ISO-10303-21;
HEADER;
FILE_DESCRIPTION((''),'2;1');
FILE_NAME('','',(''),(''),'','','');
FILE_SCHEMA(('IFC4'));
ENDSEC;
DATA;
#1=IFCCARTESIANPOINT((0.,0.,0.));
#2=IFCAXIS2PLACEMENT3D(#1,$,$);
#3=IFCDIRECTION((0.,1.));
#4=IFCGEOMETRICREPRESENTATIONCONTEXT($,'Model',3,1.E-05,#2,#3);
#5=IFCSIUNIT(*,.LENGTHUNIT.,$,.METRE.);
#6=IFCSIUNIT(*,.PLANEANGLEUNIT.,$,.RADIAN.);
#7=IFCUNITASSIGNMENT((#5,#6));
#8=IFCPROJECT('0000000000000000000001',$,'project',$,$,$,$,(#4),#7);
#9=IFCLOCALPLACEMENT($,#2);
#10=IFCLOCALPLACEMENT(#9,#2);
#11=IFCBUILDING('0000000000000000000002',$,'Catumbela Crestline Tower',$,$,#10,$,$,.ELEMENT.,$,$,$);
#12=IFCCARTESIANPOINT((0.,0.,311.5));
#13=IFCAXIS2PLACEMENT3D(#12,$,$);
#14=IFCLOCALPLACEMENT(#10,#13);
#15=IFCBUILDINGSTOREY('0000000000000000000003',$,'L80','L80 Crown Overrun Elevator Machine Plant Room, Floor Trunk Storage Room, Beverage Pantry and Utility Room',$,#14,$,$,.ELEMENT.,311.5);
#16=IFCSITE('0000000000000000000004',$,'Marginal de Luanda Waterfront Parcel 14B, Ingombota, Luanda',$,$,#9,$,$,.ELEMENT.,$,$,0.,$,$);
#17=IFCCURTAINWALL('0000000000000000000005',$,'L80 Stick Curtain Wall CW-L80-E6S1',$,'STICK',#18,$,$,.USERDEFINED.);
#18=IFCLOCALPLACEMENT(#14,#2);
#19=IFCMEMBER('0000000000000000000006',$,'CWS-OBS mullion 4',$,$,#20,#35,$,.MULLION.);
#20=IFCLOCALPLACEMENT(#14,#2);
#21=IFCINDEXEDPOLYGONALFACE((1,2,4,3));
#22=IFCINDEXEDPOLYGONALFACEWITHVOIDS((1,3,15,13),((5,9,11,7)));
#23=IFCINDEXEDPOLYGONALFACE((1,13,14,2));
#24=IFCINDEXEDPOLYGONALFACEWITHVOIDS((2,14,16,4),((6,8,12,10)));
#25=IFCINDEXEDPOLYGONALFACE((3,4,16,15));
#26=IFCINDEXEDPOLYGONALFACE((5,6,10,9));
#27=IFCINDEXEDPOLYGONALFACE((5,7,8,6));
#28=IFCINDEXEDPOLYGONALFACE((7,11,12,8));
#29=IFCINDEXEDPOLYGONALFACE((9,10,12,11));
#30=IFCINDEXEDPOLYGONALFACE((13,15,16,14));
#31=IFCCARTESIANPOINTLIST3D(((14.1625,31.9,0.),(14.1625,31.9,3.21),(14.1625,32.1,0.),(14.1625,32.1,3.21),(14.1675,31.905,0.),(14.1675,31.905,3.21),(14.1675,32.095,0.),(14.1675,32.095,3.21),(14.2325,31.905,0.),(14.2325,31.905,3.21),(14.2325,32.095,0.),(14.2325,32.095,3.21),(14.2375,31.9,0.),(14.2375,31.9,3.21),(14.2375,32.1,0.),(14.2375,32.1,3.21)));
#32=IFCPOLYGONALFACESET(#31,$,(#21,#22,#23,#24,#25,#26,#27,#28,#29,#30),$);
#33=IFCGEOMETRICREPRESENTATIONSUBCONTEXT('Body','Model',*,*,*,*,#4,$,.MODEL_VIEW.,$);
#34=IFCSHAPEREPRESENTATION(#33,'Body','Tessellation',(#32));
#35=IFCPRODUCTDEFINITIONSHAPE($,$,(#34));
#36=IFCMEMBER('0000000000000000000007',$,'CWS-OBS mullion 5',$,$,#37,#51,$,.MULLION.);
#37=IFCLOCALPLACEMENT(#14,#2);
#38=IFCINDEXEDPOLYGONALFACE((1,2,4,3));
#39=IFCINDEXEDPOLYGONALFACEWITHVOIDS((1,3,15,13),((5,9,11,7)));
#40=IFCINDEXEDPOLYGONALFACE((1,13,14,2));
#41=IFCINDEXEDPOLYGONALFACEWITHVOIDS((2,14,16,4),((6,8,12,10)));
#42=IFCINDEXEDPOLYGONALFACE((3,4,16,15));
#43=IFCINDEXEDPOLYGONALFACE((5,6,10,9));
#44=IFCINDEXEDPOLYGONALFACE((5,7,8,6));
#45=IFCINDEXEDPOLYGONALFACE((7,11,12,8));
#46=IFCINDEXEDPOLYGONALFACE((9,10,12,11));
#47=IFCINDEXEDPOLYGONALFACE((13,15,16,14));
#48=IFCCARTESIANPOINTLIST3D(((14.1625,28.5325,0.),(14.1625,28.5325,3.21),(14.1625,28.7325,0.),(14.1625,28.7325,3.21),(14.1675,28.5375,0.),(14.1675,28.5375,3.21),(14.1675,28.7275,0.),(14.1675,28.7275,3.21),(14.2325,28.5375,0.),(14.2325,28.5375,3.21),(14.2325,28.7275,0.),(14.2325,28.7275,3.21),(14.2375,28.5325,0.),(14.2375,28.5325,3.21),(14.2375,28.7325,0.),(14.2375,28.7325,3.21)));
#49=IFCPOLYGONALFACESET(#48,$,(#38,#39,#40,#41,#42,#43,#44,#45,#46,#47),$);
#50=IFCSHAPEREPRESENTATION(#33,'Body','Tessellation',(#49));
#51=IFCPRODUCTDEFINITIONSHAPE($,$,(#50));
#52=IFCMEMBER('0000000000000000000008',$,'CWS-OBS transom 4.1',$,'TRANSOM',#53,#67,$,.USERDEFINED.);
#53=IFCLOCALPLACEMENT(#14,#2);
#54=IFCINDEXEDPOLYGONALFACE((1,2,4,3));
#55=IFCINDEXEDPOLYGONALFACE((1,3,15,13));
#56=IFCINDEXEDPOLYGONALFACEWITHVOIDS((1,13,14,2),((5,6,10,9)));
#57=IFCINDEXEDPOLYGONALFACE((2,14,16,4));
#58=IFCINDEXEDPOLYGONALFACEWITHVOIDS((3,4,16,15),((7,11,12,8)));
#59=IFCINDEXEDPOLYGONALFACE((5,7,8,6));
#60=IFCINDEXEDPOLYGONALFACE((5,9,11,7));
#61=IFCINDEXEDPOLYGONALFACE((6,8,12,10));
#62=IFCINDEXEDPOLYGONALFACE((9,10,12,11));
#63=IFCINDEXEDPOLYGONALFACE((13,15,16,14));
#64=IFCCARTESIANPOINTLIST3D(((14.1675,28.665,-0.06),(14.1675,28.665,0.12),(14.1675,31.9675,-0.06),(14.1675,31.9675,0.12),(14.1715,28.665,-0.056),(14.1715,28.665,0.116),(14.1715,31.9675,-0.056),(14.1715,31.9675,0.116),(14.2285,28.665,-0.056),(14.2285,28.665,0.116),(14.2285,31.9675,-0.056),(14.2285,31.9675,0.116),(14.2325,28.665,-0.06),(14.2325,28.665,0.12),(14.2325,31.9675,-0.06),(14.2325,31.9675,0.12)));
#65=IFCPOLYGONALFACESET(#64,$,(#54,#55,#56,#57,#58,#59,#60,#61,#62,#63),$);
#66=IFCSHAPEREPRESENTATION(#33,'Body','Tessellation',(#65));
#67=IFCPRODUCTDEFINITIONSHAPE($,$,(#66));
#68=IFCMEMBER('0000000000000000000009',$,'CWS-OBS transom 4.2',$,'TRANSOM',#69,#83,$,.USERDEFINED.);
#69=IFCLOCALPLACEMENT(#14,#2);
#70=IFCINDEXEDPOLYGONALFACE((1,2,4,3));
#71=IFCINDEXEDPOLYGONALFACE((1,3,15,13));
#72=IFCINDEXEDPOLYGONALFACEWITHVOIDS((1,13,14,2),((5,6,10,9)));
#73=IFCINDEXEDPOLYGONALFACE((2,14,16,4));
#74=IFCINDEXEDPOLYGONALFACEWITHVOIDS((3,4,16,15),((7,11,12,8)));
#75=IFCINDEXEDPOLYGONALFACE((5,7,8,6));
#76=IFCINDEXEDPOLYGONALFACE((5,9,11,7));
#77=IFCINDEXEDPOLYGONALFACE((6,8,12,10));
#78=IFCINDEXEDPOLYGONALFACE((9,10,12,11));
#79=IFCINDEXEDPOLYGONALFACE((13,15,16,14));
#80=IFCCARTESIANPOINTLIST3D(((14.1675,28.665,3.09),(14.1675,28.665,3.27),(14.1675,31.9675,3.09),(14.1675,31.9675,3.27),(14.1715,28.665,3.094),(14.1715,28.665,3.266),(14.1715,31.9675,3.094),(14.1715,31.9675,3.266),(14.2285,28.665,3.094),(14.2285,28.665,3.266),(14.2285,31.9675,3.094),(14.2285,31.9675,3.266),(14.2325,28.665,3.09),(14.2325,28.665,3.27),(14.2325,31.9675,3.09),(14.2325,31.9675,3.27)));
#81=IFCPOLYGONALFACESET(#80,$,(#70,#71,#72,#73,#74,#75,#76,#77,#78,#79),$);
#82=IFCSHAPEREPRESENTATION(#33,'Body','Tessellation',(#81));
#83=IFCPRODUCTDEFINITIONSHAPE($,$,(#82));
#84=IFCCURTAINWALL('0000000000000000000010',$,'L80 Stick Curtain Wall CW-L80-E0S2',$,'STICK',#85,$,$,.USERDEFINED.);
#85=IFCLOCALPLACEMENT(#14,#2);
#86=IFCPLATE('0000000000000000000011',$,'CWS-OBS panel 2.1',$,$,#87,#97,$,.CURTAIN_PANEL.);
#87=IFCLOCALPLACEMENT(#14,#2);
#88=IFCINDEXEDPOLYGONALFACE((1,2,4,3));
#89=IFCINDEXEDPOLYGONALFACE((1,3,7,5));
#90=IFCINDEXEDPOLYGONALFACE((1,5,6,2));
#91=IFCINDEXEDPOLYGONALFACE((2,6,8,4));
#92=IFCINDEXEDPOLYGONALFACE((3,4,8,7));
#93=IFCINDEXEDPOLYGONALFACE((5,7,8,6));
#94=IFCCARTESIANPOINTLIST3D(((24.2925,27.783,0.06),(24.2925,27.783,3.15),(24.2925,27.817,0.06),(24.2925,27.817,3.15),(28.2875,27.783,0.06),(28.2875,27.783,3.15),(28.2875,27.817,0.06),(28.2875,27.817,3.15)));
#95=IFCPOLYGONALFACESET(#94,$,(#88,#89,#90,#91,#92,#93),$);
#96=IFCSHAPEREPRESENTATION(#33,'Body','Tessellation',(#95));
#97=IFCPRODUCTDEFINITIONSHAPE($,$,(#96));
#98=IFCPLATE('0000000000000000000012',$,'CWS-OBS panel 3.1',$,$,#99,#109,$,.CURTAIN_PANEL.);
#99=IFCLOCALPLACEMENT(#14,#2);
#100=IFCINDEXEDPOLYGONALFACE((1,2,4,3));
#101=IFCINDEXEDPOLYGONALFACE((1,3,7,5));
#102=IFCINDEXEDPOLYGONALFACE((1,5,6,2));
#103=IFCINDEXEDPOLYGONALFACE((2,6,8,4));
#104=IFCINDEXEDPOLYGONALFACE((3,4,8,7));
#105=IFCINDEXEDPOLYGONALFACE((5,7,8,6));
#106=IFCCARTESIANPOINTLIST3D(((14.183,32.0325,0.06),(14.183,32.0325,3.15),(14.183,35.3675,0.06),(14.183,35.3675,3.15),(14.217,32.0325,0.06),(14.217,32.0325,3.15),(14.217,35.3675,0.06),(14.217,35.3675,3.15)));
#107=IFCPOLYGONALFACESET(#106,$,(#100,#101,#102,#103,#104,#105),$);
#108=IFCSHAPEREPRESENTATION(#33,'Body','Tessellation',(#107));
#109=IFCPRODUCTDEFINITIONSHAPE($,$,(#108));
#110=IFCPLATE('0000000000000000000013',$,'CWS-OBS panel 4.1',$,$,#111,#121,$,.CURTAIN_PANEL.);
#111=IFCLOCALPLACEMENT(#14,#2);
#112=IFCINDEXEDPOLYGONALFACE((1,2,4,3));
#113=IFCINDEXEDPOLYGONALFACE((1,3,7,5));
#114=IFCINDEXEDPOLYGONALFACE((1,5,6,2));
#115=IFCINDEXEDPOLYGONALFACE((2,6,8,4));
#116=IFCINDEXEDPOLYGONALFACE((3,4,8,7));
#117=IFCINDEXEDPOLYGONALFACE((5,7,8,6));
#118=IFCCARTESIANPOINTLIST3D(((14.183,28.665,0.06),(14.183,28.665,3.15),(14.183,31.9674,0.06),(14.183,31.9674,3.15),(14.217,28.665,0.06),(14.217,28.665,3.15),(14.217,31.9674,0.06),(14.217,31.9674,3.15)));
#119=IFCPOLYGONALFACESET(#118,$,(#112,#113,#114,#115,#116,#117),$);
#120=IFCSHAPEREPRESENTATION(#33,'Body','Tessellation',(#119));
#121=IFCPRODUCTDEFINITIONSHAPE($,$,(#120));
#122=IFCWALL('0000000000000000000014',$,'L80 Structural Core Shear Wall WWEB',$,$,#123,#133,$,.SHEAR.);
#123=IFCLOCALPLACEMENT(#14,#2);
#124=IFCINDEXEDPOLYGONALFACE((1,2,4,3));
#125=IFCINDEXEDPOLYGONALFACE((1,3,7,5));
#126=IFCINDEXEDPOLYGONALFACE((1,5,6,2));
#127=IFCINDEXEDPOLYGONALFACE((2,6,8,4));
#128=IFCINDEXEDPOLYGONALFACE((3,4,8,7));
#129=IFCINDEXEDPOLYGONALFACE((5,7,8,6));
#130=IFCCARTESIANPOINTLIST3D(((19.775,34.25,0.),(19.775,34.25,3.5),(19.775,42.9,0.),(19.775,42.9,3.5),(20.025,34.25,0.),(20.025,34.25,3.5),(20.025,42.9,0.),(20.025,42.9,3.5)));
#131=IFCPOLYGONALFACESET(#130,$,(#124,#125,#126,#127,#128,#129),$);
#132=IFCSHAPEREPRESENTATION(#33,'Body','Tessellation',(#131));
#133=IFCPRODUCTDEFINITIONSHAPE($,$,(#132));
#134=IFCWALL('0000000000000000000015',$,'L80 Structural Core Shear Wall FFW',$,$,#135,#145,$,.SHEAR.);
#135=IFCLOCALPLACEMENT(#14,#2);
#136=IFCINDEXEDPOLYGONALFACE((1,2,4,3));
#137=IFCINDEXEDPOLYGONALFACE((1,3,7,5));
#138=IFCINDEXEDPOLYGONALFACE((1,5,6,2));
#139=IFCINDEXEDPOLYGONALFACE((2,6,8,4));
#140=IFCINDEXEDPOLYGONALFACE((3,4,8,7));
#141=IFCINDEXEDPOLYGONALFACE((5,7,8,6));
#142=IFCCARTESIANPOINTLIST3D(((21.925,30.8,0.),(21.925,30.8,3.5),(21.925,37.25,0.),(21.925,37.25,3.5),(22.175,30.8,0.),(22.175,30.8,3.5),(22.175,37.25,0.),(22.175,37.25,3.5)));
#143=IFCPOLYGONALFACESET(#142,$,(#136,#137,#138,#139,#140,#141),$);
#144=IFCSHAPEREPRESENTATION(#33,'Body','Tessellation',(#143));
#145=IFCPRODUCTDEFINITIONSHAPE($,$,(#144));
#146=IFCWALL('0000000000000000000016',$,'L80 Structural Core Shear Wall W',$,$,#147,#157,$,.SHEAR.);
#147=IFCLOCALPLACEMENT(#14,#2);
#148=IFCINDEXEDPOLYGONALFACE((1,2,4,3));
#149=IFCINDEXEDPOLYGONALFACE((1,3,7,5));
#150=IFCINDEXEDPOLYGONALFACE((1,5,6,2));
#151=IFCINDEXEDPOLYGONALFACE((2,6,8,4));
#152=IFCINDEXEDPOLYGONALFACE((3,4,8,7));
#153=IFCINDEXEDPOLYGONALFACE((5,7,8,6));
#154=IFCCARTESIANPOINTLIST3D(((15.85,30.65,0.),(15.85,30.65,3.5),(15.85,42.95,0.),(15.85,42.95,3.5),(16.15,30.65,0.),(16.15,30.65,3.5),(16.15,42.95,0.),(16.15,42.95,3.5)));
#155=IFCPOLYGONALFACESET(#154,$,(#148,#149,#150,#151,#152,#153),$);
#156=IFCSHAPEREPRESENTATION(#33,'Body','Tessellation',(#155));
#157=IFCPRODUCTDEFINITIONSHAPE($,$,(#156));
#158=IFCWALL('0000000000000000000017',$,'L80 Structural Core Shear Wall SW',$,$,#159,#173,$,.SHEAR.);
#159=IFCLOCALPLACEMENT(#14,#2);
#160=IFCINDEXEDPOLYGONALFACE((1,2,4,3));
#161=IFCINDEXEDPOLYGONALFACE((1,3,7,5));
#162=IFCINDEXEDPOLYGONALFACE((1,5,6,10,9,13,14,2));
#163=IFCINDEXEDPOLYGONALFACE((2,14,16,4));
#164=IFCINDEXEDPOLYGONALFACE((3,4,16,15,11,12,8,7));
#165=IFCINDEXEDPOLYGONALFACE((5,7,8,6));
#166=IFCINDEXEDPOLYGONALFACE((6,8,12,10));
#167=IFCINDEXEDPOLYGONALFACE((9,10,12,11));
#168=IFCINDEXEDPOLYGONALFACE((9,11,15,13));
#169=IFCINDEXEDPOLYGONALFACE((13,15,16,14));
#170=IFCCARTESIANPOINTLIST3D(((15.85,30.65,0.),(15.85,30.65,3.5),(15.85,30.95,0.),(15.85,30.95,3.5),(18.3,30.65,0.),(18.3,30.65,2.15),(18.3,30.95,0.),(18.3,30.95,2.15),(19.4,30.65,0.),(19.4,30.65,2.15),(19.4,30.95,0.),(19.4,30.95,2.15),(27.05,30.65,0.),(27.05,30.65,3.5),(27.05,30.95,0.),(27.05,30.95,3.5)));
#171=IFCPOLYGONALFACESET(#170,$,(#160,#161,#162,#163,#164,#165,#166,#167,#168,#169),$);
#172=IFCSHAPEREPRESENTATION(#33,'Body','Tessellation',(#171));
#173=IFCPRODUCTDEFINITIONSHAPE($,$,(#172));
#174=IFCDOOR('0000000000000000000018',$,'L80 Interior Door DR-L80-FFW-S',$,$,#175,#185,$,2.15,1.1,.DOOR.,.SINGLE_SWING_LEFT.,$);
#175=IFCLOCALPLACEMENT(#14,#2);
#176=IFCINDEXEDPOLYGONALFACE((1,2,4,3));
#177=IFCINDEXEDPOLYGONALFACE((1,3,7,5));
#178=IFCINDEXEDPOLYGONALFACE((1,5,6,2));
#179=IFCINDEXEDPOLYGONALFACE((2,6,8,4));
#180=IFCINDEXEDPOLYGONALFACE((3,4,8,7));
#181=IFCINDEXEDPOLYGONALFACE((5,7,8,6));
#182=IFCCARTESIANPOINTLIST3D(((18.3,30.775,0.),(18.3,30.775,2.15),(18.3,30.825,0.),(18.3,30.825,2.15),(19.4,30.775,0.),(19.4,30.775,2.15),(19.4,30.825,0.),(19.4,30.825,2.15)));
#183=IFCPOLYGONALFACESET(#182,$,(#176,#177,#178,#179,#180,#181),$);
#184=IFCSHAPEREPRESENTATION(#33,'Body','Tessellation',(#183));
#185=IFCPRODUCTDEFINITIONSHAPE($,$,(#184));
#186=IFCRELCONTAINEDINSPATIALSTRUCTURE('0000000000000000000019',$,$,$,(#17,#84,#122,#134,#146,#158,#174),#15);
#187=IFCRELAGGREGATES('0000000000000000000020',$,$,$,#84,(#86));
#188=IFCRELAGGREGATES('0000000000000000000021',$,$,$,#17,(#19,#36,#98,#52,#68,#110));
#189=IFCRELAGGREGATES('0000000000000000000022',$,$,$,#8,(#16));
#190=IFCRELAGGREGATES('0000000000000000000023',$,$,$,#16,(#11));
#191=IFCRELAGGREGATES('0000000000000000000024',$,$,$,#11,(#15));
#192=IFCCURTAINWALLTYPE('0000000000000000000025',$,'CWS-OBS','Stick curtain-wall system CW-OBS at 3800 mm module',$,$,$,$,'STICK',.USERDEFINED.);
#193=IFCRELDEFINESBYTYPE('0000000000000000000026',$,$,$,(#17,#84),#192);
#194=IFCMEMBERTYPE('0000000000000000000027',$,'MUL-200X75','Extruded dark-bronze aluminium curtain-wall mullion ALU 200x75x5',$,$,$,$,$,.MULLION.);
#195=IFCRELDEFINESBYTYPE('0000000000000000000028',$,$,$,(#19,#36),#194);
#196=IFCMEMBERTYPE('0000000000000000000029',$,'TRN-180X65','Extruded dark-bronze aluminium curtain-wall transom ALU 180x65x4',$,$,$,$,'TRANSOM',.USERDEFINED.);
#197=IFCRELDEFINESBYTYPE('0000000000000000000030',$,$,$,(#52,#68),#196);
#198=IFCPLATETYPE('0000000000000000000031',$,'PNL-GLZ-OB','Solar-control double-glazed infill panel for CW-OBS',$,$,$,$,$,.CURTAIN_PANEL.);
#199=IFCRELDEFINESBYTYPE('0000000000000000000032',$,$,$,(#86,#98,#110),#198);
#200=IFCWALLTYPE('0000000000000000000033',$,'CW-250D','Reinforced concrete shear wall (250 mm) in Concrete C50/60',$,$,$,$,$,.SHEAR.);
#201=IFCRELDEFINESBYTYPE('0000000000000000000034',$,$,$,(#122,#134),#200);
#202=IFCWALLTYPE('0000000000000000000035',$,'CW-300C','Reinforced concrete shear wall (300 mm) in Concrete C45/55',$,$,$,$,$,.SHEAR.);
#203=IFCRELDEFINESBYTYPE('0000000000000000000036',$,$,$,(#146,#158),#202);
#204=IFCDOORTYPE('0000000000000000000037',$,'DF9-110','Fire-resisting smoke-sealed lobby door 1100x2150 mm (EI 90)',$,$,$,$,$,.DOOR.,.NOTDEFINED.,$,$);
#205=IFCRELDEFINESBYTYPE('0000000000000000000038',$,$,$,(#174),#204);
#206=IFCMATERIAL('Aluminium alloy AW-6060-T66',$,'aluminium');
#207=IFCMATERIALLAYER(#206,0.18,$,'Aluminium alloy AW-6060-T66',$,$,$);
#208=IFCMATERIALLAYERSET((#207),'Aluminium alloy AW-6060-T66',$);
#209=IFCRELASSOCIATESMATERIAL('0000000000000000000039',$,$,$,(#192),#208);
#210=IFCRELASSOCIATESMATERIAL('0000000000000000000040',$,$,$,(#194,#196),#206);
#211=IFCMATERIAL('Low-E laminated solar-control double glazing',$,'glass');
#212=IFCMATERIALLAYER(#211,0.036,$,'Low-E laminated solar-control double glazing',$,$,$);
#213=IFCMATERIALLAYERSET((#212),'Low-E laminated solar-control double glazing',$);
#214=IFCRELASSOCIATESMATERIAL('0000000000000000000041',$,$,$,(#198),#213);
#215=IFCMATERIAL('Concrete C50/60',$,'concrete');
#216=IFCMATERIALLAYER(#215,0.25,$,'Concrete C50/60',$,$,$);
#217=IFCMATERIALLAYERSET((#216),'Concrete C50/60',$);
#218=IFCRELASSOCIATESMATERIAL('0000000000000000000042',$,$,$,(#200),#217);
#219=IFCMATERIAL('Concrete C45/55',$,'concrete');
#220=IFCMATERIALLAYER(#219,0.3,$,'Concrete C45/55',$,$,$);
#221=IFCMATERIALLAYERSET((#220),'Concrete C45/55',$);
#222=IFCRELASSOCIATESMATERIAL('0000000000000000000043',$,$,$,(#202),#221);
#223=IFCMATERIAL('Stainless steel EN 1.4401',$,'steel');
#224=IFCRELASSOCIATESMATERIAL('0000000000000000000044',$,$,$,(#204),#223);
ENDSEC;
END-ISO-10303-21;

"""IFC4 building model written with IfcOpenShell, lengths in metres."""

from ifc_helpers import new_model, si_unit, direction, frame, frame_2d, origin, origin_2d, place, context, subcontext, project, spatial, rectangle, hollow_rectangle, extrude, material, layer, layer_set, material_profile, profile_set, type_object, element, fill, aggregate, save


model = new_model("IFC4")

# Units and contexts
model_context = context("Model", 3, precision=1e-05, world=origin(), true_north=direction((0.0, 1.0)))
body_context = subcontext(model_context, "Body", "Model", "MODEL_VIEW")
ifc_project = project(units=[si_unit("LENGTHUNIT", "METRE"), si_unit("PLANEANGLEUNIT", "RADIAN")], contexts=[model_context])

# Site, building, storey
site_placement = place(None, origin())
site = spatial("IfcSite", under=ifc_project, at=site_placement, Name="Marginal de Luanda Waterfront Parcel 14B, Ingombota, Luanda", CompositionType="ELEMENT", RefElevation=0.0)
building_placement = place(site_placement, origin())
building = spatial("IfcBuilding", under=site, at=building_placement, Name="Catumbela Crestline Tower", CompositionType="ELEMENT")
storey_placement = place(building_placement, frame((0.0, 0.0, 311.5)))
storey = spatial("IfcBuildingStorey", under=building, at=storey_placement, Name="L80", Description="L80 Crown Overrun Elevator Machine Plant Room, Floor Trunk Storage Room, Beverage Pantry and Utility Room", CompositionType="ELEMENT", Elevation=311.5)

# Curtain wall, members
ifc_material_1 = material(Name="Aluminium alloy AW-6060-T66", Category="aluminium")
ifc_layer_1 = layer(ifc_material_1, 0.18, Name="Aluminium alloy AW-6060-T66")
ifc_layer_set_1 = layer_set([ifc_layer_1], Name="Aluminium alloy AW-6060-T66")
curtain_wall_type = type_object("IfcCurtainWallType", Name="CWS-OBS", Description="Stick curtain-wall system CW-OBS at 3800 mm module", ElementType="STICK", PredefinedType="USERDEFINED", material=ifc_layer_set_1)
curtain_wall_1_placement = place(storey_placement, origin())
curtain_wall_1 = element("IfcCurtainWall", 1, at=curtain_wall_1_placement, inside=storey, type_object=curtain_wall_type, Name="L80 Stick Curtain Wall CW-L80-E6S1", ObjectType="STICK", PredefinedType="USERDEFINED")
ifc_material_profile_1 = material_profile(ifc_material_1, hollow_rectangle(XDim=0.075, YDim=0.2, WallThickness=0.005, at=origin_2d()), Name="ALU 200x75x5")
ifc_profile_set_1 = profile_set([ifc_material_profile_1], Name="Aluminium alloy AW-6060-T66")
member_type_1 = type_object("IfcMemberType", Name="MUL-200X75", Description="Extruded dark-bronze aluminium curtain-wall mullion ALU 200x75x5", PredefinedType="MULLION", material=ifc_profile_set_1)
member_1_placement = place(storey_placement, frame((14.2, 32.0, 0.0), z_axis=(0.0, 0.0, 1.0), x_axis=(1.0, 0.0, 0.0)))
member_1 = element("IfcMember", 2, at=member_1_placement, type_object=member_type_1, Name="CWS-OBS mullion 4", PredefinedType="MULLION", context=body_context, shape_type="SweptSolid", body=[
    extrude(hollow_rectangle(XDim=0.075, YDim=0.2, WallThickness=0.005, at=origin_2d()), origin(), (0.0, 0.0, 1.0), 3.21),
])
member_2_placement = place(storey_placement, frame((14.2, 28.6325, 0.0), z_axis=(0.0, 0.0, 1.0), x_axis=(1.0, 0.0, 0.0)))
member_2 = element("IfcMember", 3, at=member_2_placement, type_object=member_type_1, Name="CWS-OBS mullion 5", PredefinedType="MULLION", context=body_context, shape_type="SweptSolid", body=[
    extrude(hollow_rectangle(XDim=0.075, YDim=0.2, WallThickness=0.005, at=origin_2d()), origin(), (0.0, 0.0, 1.0), 3.21),
])
ifc_material_profile_2 = material_profile(ifc_material_1, hollow_rectangle(XDim=0.065, YDim=0.18, WallThickness=0.004, at=origin_2d()), Name="ALU 180x65x4")
ifc_profile_set_2 = profile_set([ifc_material_profile_2], Name="Aluminium alloy AW-6060-T66")
member_type_2 = type_object("IfcMemberType", Name="TRN-180X65", Description="Extruded dark-bronze aluminium curtain-wall transom ALU 180x65x4", ElementType="TRANSOM", PredefinedType="USERDEFINED", material=ifc_profile_set_2)
member_3_placement = place(storey_placement, frame((14.2, 31.9675, 0.03), z_axis=(0.0, -1.0, 0.0), x_axis=(1.0, 0.0, 0.0)))
member_3 = element("IfcMember", 4, at=member_3_placement, type_object=member_type_2, Name="CWS-OBS transom 4.1", ObjectType="TRANSOM", PredefinedType="USERDEFINED", context=body_context, shape_type="SweptSolid", body=[
    extrude(hollow_rectangle(XDim=0.065, YDim=0.18, WallThickness=0.004, at=origin_2d()), origin(), (0.0, 0.0, 1.0), 3.3025),
])
member_4_placement = place(storey_placement, frame((14.2, 31.9675, 3.18), z_axis=(0.0, -1.0, 0.0), x_axis=(1.0, 0.0, 0.0)))
member_4 = element("IfcMember", 5, at=member_4_placement, type_object=member_type_2, Name="CWS-OBS transom 4.2", ObjectType="TRANSOM", PredefinedType="USERDEFINED", context=body_context, shape_type="SweptSolid", body=[
    extrude(hollow_rectangle(XDim=0.065, YDim=0.18, WallThickness=0.004, at=origin_2d()), origin(), (0.0, 0.0, 1.0), 3.3025),
])

# Curtain wall, plate
curtain_wall_2_placement = place(storey_placement, origin())
curtain_wall_2 = element("IfcCurtainWall", 6, at=curtain_wall_2_placement, inside=storey, type_object=curtain_wall_type, Name="L80 Stick Curtain Wall CW-L80-E0S2", ObjectType="STICK", PredefinedType="USERDEFINED")
ifc_material_2 = material(Name="Low-E laminated solar-control double glazing", Category="glass")
ifc_layer_2 = layer(ifc_material_2, 0.036, Name="Low-E laminated solar-control double glazing")
ifc_layer_set_2 = layer_set([ifc_layer_2], Name="Low-E laminated solar-control double glazing")
plate_type = type_object("IfcPlateType", Name="PNL-GLZ-OB", Description="Solar-control double-glazed infill panel for CW-OBS", PredefinedType="CURTAIN_PANEL", material=ifc_layer_set_2)
plate_1_placement = place(storey_placement, frame((26.29, 27.8, 0.06), z_axis=(0.0, 0.0, 1.0), x_axis=(1.0, 0.0, 0.0)))
plate_1 = element("IfcPlate", 7, at=plate_1_placement, type_object=plate_type, Name="CWS-OBS panel 2.1", PredefinedType="CURTAIN_PANEL", context=body_context, shape_type="SweptSolid", body=[
    extrude(rectangle(XDim=3.995, YDim=0.034, at=origin_2d()), origin(), (0.0, 0.0, 1.0), 3.09),
])
aggregate(curtain_wall_2, [plate_1])

# Plates
plate_2_placement = place(storey_placement, frame((14.2, 33.7, 0.06), z_axis=(0.0, 0.0, 1.0), x_axis=(0.0, -1.0, 0.0)))
plate_2 = element("IfcPlate", 8, at=plate_2_placement, type_object=plate_type, Name="CWS-OBS panel 3.1", PredefinedType="CURTAIN_PANEL", context=body_context, shape_type="SweptSolid", body=[
    extrude(rectangle(XDim=3.335, YDim=0.034, at=origin_2d()), origin(), (0.0, 0.0, 1.0), 3.09),
])
plate_3_placement = place(storey_placement, frame((14.2, 30.3162, 0.06), z_axis=(0.0, 0.0, 1.0), x_axis=(0.0, -1.0, 0.0)))
plate_3 = element("IfcPlate", 9, at=plate_3_placement, type_object=plate_type, Name="CWS-OBS panel 4.1", PredefinedType="CURTAIN_PANEL", context=body_context, shape_type="SweptSolid", body=[
    extrude(rectangle(XDim=3.3025, YDim=0.034, at=origin_2d()), origin(), (0.0, 0.0, 1.0), 3.09),
])
aggregate(curtain_wall_1, [member_1, member_2, plate_2, member_3, member_4, plate_3])

# Walls
ifc_material_3 = material(Name="Concrete C50/60", Category="concrete")
ifc_layer_3 = layer(ifc_material_3, 0.25, Name="Concrete C50/60")
ifc_layer_set_3 = layer_set([ifc_layer_3], Name="Concrete C50/60")
wall_type_1 = type_object("IfcWallType", Name="CW-250D", Description="Reinforced concrete shear wall (250 mm) in Concrete C50/60", PredefinedType="SHEAR", material=ifc_layer_set_3)
wall_1_placement = place(storey_placement, frame((19.9, 34.25, 0.0), z_axis=(0.0, 0.0, 1.0), x_axis=(0.0, 1.0, 0.0)))
element("IfcWall", 10, at=wall_1_placement, inside=storey, type_object=wall_type_1, Name="L80 Structural Core Shear Wall WWEB", PredefinedType="SHEAR", context=body_context, shape_type="SweptSolid", body=[
    extrude(rectangle(XDim=8.65, YDim=0.25, at=frame_2d((4.325, 0.0))), origin(), (0.0, 0.0, 1.0), 3.5),
])
wall_2_placement = place(storey_placement, frame((22.05, 30.8, 0.0), z_axis=(0.0, 0.0, 1.0), x_axis=(0.0, 1.0, 0.0)))
element("IfcWall", 11, at=wall_2_placement, inside=storey, type_object=wall_type_1, Name="L80 Structural Core Shear Wall FFW", PredefinedType="SHEAR", context=body_context, shape_type="SweptSolid", body=[
    extrude(rectangle(XDim=6.45, YDim=0.25, at=frame_2d((3.225, 0.0))), origin(), (0.0, 0.0, 1.0), 3.5),
])
ifc_material_4 = material(Name="Concrete C45/55", Category="concrete")
ifc_layer_4 = layer(ifc_material_4, 0.3, Name="Concrete C45/55")
ifc_layer_set_4 = layer_set([ifc_layer_4], Name="Concrete C45/55")
wall_type_2 = type_object("IfcWallType", Name="CW-300C", Description="Reinforced concrete shear wall (300 mm) in Concrete C45/55", PredefinedType="SHEAR", material=ifc_layer_set_4)
wall_3_placement = place(storey_placement, frame((16.0, 30.65, 0.0), z_axis=(0.0, 0.0, 1.0), x_axis=(0.0, 1.0, 0.0)))
element("IfcWall", 12, at=wall_3_placement, inside=storey, type_object=wall_type_2, Name="L80 Structural Core Shear Wall W", PredefinedType="SHEAR", context=body_context, shape_type="SweptSolid", body=[
    extrude(rectangle(XDim=12.3, YDim=0.3, at=frame_2d((6.15, 0.0))), origin(), (0.0, 0.0, 1.0), 3.5),
])

# Wall, opening, door
wall_4_placement = place(storey_placement, frame((15.85, 30.8, 0.0), z_axis=(0.0, 0.0, 1.0), x_axis=(1.0, 0.0, 0.0)))
wall_4 = element("IfcWall", 13, at=wall_4_placement, inside=storey, type_object=wall_type_2, Name="L80 Structural Core Shear Wall SW", PredefinedType="SHEAR", context=body_context, shape_type="SweptSolid", body=[
    extrude(rectangle(XDim=11.2, YDim=0.3, at=frame_2d((5.6, 0.0))), origin(), (0.0, 0.0, 1.0), 3.5),
])
opening_1_placement = place(wall_4_placement, frame((2.45, 0.0, 0.0)))
opening_1 = element("IfcOpeningElement", 14, at=opening_1_placement, cuts=wall_4, PredefinedType="OPENING", context=body_context, shape_type="SweptSolid", body=[
    extrude(rectangle(XDim=1.1, YDim=2.15, at=frame_2d((0.55, 1.075))), frame((0.0, 0.16, 0.0), z_axis=(0.0, -1.0, 0.0), x_axis=(1.0, 0.0, 0.0)), (0.0, 0.0, 1.0), 0.32),
])
ifc_material_5 = material(Name="Stainless steel EN 1.4401", Category="steel")
door_type = type_object("IfcDoorType", Name="DF9-110", Description="Fire-resisting smoke-sealed lobby door 1100x2150 mm (EI 90)", OperationType="NOTDEFINED", PredefinedType="DOOR", material=ifc_material_5)
door_1_placement = place(opening_1_placement, origin())
door_1 = element("IfcDoor", 15, at=door_1_placement, inside=storey, type_object=door_type, Name="L80 Interior Door DR-L80-FFW-S", OperationType="SINGLE_SWING_LEFT", OverallHeight=2.15, OverallWidth=1.1, PredefinedType="DOOR", context=body_context, shape_type="SweptSolid", body=[
    extrude(rectangle(XDim=1.1, YDim=2.15, at=frame_2d((0.55, 1.075))), frame((0.0, 0.025, 0.0), z_axis=(0.0, -1.0, 0.0), x_axis=(1.0, 0.0, 0.0)), (0.0, 0.0, 1.0), 0.05),
])
fill(opening_1, door_1)

save(model, "model.ifc")
